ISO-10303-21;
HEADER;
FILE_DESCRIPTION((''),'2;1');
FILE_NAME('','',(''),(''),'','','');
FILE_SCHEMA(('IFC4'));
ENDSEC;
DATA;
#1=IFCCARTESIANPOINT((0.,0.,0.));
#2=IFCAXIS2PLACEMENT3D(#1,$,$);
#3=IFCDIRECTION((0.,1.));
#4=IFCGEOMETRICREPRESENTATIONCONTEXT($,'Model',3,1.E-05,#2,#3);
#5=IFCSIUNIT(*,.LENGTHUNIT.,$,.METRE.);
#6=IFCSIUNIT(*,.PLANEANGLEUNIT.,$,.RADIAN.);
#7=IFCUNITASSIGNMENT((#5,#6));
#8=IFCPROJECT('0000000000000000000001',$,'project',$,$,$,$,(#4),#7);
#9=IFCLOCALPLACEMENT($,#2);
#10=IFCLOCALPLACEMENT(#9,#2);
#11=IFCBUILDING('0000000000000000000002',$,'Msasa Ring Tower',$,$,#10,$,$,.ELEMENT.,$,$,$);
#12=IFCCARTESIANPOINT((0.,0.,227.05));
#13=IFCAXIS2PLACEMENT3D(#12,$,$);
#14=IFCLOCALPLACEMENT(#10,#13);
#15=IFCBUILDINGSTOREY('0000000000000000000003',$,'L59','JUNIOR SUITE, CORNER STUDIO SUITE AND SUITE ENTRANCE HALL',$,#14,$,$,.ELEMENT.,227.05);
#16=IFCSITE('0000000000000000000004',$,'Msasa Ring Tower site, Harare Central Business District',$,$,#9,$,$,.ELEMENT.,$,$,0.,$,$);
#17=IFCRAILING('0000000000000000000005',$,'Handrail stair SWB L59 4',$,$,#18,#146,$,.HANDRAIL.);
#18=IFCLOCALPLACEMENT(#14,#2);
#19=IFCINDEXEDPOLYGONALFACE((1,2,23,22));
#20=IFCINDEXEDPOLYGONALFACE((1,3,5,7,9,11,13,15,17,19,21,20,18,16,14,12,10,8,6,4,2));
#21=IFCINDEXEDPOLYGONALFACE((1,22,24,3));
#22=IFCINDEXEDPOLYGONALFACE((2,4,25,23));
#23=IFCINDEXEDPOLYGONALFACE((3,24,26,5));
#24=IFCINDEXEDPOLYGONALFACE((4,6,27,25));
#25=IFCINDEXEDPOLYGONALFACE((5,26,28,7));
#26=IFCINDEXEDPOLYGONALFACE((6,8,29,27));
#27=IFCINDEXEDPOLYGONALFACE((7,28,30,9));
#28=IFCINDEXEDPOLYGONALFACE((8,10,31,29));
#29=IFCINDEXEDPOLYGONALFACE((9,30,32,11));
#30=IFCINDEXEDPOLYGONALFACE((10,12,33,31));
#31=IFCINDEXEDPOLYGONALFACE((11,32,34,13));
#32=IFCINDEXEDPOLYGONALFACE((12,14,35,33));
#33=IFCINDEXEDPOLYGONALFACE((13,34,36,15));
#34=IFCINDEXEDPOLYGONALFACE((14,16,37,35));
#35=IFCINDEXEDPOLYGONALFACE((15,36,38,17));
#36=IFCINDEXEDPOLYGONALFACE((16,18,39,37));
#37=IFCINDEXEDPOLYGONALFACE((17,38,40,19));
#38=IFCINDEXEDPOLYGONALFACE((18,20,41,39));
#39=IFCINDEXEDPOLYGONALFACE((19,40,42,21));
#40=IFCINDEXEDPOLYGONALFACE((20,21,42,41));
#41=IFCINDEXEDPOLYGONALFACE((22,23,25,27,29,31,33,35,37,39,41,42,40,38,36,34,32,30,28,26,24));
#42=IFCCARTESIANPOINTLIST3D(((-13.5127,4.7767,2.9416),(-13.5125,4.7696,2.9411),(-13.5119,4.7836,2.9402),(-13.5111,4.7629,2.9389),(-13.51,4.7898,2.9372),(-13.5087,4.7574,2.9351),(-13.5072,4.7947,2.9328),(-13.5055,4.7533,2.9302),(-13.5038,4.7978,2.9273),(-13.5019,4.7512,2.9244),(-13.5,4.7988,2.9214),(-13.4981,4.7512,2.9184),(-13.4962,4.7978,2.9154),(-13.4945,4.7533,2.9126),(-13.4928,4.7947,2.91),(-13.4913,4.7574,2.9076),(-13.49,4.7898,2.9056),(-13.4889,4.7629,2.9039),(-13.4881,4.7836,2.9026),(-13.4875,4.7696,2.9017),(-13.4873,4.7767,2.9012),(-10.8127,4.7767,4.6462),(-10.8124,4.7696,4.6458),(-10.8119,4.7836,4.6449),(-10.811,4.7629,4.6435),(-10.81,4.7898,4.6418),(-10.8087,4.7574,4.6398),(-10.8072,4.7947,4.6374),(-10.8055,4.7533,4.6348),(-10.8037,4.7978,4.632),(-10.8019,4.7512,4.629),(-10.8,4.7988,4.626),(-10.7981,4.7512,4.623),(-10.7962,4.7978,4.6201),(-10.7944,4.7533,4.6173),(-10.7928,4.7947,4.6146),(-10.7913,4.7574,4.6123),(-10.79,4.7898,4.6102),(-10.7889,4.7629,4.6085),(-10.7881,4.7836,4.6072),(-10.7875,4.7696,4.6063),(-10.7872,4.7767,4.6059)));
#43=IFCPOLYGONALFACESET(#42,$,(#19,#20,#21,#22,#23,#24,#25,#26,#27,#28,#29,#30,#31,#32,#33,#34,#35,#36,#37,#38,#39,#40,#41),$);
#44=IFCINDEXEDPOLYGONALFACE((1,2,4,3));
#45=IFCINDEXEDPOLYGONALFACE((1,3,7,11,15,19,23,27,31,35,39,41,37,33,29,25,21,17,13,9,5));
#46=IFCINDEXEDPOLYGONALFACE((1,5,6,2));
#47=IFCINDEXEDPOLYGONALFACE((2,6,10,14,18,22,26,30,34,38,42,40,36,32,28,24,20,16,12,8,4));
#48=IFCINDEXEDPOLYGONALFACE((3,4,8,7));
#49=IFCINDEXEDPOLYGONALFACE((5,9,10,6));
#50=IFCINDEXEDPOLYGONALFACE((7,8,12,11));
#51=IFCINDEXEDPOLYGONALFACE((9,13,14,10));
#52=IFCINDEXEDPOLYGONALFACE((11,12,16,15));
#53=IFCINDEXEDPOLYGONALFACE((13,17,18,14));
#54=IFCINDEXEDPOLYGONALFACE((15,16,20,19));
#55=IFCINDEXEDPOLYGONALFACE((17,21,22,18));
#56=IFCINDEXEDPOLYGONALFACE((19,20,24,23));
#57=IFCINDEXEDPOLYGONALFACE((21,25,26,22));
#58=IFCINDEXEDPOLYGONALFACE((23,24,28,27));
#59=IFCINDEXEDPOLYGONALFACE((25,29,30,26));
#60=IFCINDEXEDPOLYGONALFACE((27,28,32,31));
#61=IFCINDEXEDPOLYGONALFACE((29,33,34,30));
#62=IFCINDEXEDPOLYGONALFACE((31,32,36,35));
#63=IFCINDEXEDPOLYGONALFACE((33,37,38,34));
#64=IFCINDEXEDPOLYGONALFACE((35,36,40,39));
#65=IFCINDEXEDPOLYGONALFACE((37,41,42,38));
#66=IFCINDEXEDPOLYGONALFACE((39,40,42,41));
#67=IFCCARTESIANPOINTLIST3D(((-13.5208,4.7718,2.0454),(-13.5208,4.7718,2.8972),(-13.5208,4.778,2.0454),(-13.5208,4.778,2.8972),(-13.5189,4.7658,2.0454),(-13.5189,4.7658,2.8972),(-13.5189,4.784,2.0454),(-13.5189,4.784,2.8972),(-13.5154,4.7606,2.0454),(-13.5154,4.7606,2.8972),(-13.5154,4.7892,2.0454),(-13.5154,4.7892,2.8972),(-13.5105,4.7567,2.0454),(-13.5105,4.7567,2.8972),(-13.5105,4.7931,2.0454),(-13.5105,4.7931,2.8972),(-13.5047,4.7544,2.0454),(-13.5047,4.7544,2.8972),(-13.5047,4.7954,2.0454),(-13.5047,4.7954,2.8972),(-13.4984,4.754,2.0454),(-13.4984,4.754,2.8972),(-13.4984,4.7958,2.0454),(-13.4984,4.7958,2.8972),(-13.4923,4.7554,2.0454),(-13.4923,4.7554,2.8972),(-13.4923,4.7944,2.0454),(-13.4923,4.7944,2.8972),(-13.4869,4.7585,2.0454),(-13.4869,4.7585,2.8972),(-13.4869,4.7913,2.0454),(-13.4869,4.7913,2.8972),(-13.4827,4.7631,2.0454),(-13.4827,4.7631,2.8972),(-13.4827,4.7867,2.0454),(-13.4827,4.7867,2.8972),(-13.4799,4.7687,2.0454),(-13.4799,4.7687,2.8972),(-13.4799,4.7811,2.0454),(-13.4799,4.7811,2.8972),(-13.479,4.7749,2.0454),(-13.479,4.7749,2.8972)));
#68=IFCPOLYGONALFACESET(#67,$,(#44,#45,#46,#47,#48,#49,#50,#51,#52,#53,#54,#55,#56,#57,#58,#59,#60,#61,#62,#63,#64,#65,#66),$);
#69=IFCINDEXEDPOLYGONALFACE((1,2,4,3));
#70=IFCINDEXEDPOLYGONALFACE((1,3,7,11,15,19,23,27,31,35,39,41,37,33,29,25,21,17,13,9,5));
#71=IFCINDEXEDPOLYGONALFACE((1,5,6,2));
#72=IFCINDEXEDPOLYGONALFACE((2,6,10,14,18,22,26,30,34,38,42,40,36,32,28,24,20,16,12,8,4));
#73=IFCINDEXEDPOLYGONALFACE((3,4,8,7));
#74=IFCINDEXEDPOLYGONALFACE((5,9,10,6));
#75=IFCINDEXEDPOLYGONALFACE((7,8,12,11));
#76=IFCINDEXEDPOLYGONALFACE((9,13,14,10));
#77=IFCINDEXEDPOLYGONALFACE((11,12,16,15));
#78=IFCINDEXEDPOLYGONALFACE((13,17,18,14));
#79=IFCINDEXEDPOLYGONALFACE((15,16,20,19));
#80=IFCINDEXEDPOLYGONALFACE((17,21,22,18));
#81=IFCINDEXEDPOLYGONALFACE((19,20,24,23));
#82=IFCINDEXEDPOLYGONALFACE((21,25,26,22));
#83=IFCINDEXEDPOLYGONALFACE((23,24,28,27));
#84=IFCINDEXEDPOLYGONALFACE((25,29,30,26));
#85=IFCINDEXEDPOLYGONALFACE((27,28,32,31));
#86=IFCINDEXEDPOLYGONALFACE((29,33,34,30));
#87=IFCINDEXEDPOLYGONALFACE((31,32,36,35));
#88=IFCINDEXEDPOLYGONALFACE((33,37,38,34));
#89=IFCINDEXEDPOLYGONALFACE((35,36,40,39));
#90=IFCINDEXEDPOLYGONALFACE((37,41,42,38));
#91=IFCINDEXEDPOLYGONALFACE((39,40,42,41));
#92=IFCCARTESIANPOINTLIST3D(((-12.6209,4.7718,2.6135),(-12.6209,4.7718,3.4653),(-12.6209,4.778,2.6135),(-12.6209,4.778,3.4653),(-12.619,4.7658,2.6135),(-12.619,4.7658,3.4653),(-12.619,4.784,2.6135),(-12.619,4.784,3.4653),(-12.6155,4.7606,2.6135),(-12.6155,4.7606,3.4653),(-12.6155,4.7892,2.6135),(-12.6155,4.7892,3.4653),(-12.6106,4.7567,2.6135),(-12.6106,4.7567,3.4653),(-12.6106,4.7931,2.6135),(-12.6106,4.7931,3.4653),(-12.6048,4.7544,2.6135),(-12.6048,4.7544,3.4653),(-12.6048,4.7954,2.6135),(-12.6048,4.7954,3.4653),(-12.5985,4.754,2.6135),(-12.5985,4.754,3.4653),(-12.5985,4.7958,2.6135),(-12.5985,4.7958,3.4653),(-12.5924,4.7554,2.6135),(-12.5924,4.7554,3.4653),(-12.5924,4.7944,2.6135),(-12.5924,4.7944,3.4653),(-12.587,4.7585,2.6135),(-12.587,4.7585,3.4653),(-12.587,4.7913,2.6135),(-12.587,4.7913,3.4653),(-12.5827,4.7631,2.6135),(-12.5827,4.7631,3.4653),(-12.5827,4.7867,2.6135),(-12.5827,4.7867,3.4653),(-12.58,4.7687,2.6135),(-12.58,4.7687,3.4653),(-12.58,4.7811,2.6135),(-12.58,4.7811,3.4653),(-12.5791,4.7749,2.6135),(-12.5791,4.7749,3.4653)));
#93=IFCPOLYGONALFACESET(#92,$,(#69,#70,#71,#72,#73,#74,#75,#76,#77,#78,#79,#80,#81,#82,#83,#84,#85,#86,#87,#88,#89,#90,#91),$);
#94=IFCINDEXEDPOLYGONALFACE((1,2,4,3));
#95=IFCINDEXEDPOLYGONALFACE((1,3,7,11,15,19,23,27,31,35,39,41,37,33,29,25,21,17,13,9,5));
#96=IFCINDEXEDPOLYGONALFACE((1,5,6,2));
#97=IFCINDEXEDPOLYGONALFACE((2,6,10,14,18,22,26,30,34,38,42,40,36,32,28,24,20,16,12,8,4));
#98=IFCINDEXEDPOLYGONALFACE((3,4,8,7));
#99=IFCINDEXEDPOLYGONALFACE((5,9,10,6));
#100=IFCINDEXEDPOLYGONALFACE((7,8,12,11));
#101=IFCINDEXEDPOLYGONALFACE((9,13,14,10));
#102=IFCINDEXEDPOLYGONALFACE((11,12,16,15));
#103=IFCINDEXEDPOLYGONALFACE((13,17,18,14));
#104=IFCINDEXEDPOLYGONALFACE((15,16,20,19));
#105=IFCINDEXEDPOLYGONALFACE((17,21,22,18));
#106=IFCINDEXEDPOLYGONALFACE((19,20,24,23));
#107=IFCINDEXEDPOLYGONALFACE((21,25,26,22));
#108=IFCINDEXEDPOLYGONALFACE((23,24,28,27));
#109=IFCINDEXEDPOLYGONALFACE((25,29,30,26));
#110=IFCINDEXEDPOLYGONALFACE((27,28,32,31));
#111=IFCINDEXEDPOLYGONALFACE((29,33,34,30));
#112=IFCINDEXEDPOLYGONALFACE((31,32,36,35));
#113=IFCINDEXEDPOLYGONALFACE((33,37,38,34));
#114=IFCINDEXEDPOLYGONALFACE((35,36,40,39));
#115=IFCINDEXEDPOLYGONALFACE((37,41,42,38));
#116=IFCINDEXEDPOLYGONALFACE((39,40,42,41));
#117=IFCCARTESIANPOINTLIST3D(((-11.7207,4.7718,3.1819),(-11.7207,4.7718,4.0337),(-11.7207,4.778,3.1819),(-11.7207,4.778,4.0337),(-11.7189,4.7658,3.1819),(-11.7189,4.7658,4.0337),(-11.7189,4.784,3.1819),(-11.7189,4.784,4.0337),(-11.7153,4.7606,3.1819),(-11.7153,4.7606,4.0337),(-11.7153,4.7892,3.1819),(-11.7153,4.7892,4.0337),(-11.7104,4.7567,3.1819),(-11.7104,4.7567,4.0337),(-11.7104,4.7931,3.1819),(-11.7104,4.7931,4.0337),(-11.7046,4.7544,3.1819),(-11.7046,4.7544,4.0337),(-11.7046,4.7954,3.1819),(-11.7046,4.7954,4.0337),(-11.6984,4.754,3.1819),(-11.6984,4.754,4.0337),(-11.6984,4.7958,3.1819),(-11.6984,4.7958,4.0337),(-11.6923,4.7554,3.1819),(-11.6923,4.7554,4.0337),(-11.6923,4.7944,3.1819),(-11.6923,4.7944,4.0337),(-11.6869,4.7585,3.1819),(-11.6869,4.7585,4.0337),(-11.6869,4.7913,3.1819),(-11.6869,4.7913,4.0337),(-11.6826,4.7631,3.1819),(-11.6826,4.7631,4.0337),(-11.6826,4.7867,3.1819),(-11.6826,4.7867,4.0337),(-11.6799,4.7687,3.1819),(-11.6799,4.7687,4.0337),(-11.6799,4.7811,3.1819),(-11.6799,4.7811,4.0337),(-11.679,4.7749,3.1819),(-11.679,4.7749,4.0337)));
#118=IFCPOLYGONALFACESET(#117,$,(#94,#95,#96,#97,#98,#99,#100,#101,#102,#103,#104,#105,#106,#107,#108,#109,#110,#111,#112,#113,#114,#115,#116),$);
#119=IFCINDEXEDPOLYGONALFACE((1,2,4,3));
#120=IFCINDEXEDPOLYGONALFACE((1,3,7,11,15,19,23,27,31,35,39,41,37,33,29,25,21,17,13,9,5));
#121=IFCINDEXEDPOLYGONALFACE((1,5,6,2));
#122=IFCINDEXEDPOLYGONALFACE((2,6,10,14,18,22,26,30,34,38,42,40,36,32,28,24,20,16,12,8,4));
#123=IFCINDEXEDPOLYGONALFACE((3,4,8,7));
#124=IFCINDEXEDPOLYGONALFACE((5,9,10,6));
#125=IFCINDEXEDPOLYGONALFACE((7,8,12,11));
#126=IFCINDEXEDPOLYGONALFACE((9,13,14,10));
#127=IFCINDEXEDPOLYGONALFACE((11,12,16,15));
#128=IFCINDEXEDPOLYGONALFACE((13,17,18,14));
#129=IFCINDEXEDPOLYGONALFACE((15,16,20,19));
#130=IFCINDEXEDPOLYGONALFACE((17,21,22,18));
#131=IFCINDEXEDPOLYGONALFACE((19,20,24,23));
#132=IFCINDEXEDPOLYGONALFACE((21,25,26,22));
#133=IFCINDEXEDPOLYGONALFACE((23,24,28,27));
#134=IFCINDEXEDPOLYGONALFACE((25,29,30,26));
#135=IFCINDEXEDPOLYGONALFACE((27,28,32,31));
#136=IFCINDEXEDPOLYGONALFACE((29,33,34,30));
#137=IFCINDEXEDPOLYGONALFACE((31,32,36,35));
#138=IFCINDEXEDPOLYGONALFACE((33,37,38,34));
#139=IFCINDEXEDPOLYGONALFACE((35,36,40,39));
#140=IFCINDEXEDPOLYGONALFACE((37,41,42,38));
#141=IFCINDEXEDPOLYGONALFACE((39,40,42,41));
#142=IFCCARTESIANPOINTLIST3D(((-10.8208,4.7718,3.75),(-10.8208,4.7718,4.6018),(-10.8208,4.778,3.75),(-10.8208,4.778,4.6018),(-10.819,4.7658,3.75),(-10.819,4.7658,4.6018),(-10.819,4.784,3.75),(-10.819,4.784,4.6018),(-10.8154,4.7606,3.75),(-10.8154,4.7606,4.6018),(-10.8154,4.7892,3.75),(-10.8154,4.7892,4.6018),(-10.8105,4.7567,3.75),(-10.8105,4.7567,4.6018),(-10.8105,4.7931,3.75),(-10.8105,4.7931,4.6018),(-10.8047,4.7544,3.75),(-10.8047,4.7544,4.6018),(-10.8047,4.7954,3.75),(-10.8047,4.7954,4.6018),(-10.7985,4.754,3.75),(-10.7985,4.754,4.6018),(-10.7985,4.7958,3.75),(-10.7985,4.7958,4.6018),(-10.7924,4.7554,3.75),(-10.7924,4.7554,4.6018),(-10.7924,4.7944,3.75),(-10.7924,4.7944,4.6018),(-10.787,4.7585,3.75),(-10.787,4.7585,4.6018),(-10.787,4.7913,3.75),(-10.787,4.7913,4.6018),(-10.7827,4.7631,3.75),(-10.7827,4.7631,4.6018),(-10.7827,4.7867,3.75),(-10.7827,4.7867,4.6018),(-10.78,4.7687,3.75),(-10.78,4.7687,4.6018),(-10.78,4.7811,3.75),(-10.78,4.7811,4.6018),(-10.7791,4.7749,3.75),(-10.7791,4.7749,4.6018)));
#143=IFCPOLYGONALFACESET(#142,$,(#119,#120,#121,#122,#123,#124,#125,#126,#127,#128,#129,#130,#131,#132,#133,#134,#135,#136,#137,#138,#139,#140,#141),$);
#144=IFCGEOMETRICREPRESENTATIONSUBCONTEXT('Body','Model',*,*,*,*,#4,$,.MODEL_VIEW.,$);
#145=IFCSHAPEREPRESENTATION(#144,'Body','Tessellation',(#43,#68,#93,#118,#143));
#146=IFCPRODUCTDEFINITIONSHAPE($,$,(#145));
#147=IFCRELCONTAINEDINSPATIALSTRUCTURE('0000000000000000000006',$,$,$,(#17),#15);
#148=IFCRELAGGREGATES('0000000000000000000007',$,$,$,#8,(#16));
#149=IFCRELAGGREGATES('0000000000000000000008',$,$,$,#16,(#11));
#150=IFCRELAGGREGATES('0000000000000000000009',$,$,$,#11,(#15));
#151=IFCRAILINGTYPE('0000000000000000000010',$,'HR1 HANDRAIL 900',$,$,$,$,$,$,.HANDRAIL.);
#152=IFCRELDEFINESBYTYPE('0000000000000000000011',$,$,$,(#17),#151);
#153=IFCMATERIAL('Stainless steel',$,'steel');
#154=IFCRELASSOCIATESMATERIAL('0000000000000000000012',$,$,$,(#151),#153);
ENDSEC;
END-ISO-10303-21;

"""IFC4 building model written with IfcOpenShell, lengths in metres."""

from ifc_helpers import new_model, si_unit, direction, frame, origin, origin_2d, place, context, subcontext, project, spatial, circle, extrude, material, type_object, element, save


model = new_model("IFC4")

# Units and contexts
model_context = context("Model", 3, precision=1e-05, world=origin(), true_north=direction((0.0, 1.0)))
body_context = subcontext(model_context, "Body", "Model", "MODEL_VIEW")
ifc_project = project(units=[si_unit("LENGTHUNIT", "METRE"), si_unit("PLANEANGLEUNIT", "RADIAN")], contexts=[model_context])

# Site, building, storey
site_placement = place(None, origin())
site = spatial("IfcSite", under=ifc_project, at=site_placement, Name="Msasa Ring Tower site, Harare Central Business District", CompositionType="ELEMENT", RefElevation=0.0)
building_placement = place(site_placement, origin())
building = spatial("IfcBuilding", under=site, at=building_placement, Name="Msasa Ring Tower", CompositionType="ELEMENT")
storey_placement = place(building_placement, frame((0.0, 0.0, 227.05)))
storey = spatial("IfcBuildingStorey", under=building, at=storey_placement, Name="L59", Description="JUNIOR SUITE, CORNER STUDIO SUITE AND SUITE ENTRANCE HALL", CompositionType="ELEMENT", Elevation=227.05)

# Railing
ifc_material_1 = material(Name="Stainless steel", Category="steel")
railing_type = type_object("IfcRailingType", Name="HR1 HANDRAIL 900", PredefinedType="HANDRAIL", material=ifc_material_1)
for number, where, name in (
    (1, (-13.5, 4.7749, 2.0454), "Handrail stair SWB L59 4"),
):
    element("IfcRailing", number, at=place(storey_placement, frame(where)), inside=storey, type_object=railing_type, Name=name, PredefinedType="HANDRAIL", context=body_context, shape_type="SweptSolid", body=[
        extrude(circle(Radius=0.0239, at=origin_2d()), frame((0.0, 0.0, 0.876), z_axis=(0.84558, 0.0, 0.533849), x_axis=(0.0, 1.0, 0.0)), (0.0, 0.0, 1.0), 3.1931),
        extrude(circle(Radius=0.021, at=origin_2d()), origin(), (0.0, 0.0, 1.0), 0.8518),
        extrude(circle(Radius=0.021, at=origin_2d()), frame((0.8999, 0.0, 0.5681)), (0.0, 0.0, 1.0), 0.8518),
        extrude(circle(Radius=0.021, at=origin_2d()), frame((1.8, 0.0, 1.1365)), (0.0, 0.0, 1.0), 0.8518),
        extrude(circle(Radius=0.021, at=origin_2d()), frame((2.7, 0.0, 1.7046)), (0.0, 0.0, 1.0), 0.8518),
    ])

save(model, "model.ifc")
